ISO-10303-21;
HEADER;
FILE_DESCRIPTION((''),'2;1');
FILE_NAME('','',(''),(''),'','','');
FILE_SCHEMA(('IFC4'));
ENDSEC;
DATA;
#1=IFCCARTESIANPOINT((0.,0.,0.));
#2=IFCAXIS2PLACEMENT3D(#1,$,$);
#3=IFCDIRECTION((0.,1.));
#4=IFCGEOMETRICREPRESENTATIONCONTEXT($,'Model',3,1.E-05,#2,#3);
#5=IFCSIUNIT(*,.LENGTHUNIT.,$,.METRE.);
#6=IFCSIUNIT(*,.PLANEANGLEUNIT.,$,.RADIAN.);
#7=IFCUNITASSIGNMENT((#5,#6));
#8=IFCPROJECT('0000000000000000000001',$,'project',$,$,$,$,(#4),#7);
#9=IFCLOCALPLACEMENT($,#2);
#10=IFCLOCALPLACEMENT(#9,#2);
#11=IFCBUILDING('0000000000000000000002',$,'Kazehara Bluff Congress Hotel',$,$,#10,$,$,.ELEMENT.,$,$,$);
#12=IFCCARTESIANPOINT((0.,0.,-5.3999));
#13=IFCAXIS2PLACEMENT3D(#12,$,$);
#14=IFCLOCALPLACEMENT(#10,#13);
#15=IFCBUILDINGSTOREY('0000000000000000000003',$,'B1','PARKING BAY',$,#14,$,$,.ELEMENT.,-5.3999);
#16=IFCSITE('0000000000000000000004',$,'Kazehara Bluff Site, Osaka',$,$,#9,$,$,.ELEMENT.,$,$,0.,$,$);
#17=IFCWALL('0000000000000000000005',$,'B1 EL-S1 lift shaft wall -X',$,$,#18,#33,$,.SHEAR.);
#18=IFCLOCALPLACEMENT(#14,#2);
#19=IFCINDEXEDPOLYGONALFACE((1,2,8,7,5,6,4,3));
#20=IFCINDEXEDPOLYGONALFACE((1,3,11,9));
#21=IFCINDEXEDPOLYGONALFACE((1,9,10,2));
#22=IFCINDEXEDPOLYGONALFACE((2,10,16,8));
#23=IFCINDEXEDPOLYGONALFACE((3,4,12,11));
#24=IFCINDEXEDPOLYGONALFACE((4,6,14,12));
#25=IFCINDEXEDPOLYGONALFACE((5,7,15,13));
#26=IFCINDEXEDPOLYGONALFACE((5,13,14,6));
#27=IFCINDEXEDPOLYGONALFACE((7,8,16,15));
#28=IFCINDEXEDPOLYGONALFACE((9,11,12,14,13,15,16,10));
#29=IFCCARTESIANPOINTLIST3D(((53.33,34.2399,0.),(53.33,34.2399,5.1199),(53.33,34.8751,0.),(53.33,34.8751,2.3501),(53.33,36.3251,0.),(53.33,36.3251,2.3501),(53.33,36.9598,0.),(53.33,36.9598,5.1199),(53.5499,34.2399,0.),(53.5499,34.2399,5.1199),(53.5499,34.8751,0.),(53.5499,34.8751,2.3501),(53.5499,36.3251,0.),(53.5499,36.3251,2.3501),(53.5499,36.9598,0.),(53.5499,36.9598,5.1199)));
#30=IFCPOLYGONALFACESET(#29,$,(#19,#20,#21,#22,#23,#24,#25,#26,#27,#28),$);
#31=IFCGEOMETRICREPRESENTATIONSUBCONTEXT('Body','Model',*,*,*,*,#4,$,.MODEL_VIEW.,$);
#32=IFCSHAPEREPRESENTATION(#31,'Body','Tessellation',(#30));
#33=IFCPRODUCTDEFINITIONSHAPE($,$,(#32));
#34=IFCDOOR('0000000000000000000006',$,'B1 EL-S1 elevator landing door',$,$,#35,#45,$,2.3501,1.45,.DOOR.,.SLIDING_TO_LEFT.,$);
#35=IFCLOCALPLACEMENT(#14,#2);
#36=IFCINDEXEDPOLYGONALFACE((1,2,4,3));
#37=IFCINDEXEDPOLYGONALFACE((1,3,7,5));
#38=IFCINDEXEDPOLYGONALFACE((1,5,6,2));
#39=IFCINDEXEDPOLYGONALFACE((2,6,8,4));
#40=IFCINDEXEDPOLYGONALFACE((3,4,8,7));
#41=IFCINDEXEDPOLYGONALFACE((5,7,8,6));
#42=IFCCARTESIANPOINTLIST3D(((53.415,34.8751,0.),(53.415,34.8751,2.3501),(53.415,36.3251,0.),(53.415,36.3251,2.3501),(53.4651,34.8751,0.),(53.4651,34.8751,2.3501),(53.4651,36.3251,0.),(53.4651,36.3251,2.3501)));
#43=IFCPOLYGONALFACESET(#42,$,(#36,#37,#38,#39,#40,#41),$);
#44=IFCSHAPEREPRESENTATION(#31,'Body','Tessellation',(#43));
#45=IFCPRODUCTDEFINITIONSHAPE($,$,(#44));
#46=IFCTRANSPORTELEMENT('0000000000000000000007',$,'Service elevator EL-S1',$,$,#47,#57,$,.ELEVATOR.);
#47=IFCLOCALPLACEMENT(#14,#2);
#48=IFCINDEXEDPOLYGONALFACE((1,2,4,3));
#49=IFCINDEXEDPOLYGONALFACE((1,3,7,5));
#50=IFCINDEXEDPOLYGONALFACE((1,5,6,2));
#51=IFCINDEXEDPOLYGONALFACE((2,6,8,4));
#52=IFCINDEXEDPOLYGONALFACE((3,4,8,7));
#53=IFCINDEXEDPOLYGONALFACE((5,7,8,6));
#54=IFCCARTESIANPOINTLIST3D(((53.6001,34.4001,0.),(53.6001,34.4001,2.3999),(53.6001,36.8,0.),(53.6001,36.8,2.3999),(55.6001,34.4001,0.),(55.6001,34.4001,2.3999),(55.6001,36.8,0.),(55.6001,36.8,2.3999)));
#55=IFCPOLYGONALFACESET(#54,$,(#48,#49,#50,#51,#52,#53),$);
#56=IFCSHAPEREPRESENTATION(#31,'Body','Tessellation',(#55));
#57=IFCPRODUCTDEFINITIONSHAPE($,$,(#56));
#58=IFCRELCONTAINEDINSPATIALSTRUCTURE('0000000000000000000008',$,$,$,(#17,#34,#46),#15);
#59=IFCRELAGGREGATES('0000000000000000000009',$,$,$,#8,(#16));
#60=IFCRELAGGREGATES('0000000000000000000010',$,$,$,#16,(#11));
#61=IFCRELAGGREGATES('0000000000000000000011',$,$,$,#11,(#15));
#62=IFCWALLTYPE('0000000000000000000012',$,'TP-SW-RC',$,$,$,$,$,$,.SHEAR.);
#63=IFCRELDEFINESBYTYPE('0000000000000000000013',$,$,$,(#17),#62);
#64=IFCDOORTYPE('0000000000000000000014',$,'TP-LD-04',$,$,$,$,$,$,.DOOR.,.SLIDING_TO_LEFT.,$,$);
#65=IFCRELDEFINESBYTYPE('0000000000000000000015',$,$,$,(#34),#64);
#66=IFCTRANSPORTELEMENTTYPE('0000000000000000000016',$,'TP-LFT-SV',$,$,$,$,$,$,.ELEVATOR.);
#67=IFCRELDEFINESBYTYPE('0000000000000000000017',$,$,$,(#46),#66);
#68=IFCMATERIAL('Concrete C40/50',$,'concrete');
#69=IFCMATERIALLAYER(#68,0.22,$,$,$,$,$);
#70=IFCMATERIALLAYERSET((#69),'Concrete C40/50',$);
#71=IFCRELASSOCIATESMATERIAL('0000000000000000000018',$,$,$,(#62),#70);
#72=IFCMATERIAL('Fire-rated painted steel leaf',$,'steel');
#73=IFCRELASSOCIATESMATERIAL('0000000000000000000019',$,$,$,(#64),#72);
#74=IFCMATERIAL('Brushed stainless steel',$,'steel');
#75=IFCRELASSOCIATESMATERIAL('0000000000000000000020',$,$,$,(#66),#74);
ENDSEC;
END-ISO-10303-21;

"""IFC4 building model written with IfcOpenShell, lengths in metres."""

from ifc_helpers import new_model, si_unit, direction, frame, frame_2d, origin, origin_2d, place, context, subcontext, project, spatial, rectangle, extrude, material, layer, layer_set, type_object, element, fill, save


model = new_model("IFC4")

# Units and contexts
model_context = context("Model", 3, precision=1e-05, world=origin(), true_north=direction((0.0, 1.0)))
body_context = subcontext(model_context, "Body", "Model", "MODEL_VIEW")
ifc_project = project(units=[si_unit("LENGTHUNIT", "METRE"), si_unit("PLANEANGLEUNIT", "RADIAN")], contexts=[model_context])

# Site, building, storey
site_placement = place(None, origin())
site = spatial("IfcSite", under=ifc_project, at=site_placement, Name="Kazehara Bluff Site, Osaka", CompositionType="ELEMENT", RefElevation=0.0)
building_placement = place(site_placement, origin())
building = spatial("IfcBuilding", under=site, at=building_placement, Name="Kazehara Bluff Congress Hotel", CompositionType="ELEMENT")
storey_placement = place(building_placement, frame((0.0, 0.0, -5.3999)))
storey = spatial("IfcBuildingStorey", under=building, at=storey_placement, Name="B1", Description="PARKING BAY", CompositionType="ELEMENT", Elevation=-5.3999)

# Shared definitions
ifc_material_1 = material(Name="Concrete C40/50", Category="concrete")
ifc_layer_1 = layer(ifc_material_1, 0.22)
ifc_layer_set_1 = layer_set([ifc_layer_1], Name="Concrete C40/50")
wall_type = type_object("IfcWallType", Name="TP-SW-RC", PredefinedType="SHEAR", material=ifc_layer_set_1)

# Wall, opening, door
wall_1_placement = place(storey_placement, frame((53.4399, 34.24, 0.0), z_axis=(0.0, 0.0, 1.0), x_axis=(0.0, 1.0, 0.0)))
wall_1 = element("IfcWall", 1, at=wall_1_placement, inside=storey, type_object=wall_type, Name="B1 EL-S1 lift shaft wall -X", PredefinedType="SHEAR", context=body_context, shape_type="SweptSolid", body=[
    extrude(rectangle(XDim=2.72, YDim=0.22, at=frame_2d((1.3599, 0.0))), origin(), (0.0, 0.0, 1.0), 5.1199),
])
opening_placement = place(wall_1_placement, frame((0.635, 0.0, 0.0)))
opening = element("IfcOpeningElement", 2, at=opening_placement, cuts=wall_1, PredefinedType="OPENING", context=body_context, shape_type="SweptSolid", body=[
    extrude(rectangle(XDim=1.45, YDim=2.3501, at=frame_2d((0.7251, 1.175))), frame((0.0, 0.1199, 0.0), z_axis=(0.0, -1.0, 0.0), x_axis=(1.0, 0.0, 0.0)), (0.0, 0.0, 1.0), 0.24),
])
ifc_material_2 = material(Name="Fire-rated painted steel leaf", Category="steel")
door_type = type_object("IfcDoorType", Name="TP-LD-04", OperationType="SLIDING_TO_LEFT", PredefinedType="DOOR", material=ifc_material_2)
door_placement = place(opening_placement, origin())
door = element("IfcDoor", 3, at=door_placement, inside=storey, type_object=door_type, Name="B1 EL-S1 elevator landing door", OperationType="SLIDING_TO_LEFT", OverallHeight=2.3501, OverallWidth=1.45, PredefinedType="DOOR", context=body_context, shape_type="SweptSolid", body=[
    extrude(rectangle(XDim=1.45, YDim=2.3501, at=frame_2d((0.7251, 1.175))), frame((0.0, 0.0249, 0.0), z_axis=(0.0, -1.0, 0.0), x_axis=(1.0, 0.0, 0.0)), (0.0, 0.0, 1.0), 0.05),
])
fill(opening, door)

# Transport element
ifc_material_3 = material(Name="Brushed stainless steel", Category="steel")
transport_element_type = type_object("IfcTransportElementType", Name="TP-LFT-SV", PredefinedType="ELEVATOR", material=ifc_material_3)
transport_element_placement = place(storey_placement, frame((54.6001, 35.6001, 0.0), z_axis=(0.0, 0.0, 1.0), x_axis=(1.0, 0.0, 0.0)))
element("IfcTransportElement", 4, at=transport_element_placement, inside=storey, type_object=transport_element_type, Name="Service elevator EL-S1", PredefinedType="ELEVATOR", context=body_context, shape_type="SweptSolid", body=[
    extrude(rectangle(XDim=2.0, YDim=2.3999, at=origin_2d()), origin(), (0.0, 0.0, 1.0), 2.3999),
])

save(model, "model.ifc")
